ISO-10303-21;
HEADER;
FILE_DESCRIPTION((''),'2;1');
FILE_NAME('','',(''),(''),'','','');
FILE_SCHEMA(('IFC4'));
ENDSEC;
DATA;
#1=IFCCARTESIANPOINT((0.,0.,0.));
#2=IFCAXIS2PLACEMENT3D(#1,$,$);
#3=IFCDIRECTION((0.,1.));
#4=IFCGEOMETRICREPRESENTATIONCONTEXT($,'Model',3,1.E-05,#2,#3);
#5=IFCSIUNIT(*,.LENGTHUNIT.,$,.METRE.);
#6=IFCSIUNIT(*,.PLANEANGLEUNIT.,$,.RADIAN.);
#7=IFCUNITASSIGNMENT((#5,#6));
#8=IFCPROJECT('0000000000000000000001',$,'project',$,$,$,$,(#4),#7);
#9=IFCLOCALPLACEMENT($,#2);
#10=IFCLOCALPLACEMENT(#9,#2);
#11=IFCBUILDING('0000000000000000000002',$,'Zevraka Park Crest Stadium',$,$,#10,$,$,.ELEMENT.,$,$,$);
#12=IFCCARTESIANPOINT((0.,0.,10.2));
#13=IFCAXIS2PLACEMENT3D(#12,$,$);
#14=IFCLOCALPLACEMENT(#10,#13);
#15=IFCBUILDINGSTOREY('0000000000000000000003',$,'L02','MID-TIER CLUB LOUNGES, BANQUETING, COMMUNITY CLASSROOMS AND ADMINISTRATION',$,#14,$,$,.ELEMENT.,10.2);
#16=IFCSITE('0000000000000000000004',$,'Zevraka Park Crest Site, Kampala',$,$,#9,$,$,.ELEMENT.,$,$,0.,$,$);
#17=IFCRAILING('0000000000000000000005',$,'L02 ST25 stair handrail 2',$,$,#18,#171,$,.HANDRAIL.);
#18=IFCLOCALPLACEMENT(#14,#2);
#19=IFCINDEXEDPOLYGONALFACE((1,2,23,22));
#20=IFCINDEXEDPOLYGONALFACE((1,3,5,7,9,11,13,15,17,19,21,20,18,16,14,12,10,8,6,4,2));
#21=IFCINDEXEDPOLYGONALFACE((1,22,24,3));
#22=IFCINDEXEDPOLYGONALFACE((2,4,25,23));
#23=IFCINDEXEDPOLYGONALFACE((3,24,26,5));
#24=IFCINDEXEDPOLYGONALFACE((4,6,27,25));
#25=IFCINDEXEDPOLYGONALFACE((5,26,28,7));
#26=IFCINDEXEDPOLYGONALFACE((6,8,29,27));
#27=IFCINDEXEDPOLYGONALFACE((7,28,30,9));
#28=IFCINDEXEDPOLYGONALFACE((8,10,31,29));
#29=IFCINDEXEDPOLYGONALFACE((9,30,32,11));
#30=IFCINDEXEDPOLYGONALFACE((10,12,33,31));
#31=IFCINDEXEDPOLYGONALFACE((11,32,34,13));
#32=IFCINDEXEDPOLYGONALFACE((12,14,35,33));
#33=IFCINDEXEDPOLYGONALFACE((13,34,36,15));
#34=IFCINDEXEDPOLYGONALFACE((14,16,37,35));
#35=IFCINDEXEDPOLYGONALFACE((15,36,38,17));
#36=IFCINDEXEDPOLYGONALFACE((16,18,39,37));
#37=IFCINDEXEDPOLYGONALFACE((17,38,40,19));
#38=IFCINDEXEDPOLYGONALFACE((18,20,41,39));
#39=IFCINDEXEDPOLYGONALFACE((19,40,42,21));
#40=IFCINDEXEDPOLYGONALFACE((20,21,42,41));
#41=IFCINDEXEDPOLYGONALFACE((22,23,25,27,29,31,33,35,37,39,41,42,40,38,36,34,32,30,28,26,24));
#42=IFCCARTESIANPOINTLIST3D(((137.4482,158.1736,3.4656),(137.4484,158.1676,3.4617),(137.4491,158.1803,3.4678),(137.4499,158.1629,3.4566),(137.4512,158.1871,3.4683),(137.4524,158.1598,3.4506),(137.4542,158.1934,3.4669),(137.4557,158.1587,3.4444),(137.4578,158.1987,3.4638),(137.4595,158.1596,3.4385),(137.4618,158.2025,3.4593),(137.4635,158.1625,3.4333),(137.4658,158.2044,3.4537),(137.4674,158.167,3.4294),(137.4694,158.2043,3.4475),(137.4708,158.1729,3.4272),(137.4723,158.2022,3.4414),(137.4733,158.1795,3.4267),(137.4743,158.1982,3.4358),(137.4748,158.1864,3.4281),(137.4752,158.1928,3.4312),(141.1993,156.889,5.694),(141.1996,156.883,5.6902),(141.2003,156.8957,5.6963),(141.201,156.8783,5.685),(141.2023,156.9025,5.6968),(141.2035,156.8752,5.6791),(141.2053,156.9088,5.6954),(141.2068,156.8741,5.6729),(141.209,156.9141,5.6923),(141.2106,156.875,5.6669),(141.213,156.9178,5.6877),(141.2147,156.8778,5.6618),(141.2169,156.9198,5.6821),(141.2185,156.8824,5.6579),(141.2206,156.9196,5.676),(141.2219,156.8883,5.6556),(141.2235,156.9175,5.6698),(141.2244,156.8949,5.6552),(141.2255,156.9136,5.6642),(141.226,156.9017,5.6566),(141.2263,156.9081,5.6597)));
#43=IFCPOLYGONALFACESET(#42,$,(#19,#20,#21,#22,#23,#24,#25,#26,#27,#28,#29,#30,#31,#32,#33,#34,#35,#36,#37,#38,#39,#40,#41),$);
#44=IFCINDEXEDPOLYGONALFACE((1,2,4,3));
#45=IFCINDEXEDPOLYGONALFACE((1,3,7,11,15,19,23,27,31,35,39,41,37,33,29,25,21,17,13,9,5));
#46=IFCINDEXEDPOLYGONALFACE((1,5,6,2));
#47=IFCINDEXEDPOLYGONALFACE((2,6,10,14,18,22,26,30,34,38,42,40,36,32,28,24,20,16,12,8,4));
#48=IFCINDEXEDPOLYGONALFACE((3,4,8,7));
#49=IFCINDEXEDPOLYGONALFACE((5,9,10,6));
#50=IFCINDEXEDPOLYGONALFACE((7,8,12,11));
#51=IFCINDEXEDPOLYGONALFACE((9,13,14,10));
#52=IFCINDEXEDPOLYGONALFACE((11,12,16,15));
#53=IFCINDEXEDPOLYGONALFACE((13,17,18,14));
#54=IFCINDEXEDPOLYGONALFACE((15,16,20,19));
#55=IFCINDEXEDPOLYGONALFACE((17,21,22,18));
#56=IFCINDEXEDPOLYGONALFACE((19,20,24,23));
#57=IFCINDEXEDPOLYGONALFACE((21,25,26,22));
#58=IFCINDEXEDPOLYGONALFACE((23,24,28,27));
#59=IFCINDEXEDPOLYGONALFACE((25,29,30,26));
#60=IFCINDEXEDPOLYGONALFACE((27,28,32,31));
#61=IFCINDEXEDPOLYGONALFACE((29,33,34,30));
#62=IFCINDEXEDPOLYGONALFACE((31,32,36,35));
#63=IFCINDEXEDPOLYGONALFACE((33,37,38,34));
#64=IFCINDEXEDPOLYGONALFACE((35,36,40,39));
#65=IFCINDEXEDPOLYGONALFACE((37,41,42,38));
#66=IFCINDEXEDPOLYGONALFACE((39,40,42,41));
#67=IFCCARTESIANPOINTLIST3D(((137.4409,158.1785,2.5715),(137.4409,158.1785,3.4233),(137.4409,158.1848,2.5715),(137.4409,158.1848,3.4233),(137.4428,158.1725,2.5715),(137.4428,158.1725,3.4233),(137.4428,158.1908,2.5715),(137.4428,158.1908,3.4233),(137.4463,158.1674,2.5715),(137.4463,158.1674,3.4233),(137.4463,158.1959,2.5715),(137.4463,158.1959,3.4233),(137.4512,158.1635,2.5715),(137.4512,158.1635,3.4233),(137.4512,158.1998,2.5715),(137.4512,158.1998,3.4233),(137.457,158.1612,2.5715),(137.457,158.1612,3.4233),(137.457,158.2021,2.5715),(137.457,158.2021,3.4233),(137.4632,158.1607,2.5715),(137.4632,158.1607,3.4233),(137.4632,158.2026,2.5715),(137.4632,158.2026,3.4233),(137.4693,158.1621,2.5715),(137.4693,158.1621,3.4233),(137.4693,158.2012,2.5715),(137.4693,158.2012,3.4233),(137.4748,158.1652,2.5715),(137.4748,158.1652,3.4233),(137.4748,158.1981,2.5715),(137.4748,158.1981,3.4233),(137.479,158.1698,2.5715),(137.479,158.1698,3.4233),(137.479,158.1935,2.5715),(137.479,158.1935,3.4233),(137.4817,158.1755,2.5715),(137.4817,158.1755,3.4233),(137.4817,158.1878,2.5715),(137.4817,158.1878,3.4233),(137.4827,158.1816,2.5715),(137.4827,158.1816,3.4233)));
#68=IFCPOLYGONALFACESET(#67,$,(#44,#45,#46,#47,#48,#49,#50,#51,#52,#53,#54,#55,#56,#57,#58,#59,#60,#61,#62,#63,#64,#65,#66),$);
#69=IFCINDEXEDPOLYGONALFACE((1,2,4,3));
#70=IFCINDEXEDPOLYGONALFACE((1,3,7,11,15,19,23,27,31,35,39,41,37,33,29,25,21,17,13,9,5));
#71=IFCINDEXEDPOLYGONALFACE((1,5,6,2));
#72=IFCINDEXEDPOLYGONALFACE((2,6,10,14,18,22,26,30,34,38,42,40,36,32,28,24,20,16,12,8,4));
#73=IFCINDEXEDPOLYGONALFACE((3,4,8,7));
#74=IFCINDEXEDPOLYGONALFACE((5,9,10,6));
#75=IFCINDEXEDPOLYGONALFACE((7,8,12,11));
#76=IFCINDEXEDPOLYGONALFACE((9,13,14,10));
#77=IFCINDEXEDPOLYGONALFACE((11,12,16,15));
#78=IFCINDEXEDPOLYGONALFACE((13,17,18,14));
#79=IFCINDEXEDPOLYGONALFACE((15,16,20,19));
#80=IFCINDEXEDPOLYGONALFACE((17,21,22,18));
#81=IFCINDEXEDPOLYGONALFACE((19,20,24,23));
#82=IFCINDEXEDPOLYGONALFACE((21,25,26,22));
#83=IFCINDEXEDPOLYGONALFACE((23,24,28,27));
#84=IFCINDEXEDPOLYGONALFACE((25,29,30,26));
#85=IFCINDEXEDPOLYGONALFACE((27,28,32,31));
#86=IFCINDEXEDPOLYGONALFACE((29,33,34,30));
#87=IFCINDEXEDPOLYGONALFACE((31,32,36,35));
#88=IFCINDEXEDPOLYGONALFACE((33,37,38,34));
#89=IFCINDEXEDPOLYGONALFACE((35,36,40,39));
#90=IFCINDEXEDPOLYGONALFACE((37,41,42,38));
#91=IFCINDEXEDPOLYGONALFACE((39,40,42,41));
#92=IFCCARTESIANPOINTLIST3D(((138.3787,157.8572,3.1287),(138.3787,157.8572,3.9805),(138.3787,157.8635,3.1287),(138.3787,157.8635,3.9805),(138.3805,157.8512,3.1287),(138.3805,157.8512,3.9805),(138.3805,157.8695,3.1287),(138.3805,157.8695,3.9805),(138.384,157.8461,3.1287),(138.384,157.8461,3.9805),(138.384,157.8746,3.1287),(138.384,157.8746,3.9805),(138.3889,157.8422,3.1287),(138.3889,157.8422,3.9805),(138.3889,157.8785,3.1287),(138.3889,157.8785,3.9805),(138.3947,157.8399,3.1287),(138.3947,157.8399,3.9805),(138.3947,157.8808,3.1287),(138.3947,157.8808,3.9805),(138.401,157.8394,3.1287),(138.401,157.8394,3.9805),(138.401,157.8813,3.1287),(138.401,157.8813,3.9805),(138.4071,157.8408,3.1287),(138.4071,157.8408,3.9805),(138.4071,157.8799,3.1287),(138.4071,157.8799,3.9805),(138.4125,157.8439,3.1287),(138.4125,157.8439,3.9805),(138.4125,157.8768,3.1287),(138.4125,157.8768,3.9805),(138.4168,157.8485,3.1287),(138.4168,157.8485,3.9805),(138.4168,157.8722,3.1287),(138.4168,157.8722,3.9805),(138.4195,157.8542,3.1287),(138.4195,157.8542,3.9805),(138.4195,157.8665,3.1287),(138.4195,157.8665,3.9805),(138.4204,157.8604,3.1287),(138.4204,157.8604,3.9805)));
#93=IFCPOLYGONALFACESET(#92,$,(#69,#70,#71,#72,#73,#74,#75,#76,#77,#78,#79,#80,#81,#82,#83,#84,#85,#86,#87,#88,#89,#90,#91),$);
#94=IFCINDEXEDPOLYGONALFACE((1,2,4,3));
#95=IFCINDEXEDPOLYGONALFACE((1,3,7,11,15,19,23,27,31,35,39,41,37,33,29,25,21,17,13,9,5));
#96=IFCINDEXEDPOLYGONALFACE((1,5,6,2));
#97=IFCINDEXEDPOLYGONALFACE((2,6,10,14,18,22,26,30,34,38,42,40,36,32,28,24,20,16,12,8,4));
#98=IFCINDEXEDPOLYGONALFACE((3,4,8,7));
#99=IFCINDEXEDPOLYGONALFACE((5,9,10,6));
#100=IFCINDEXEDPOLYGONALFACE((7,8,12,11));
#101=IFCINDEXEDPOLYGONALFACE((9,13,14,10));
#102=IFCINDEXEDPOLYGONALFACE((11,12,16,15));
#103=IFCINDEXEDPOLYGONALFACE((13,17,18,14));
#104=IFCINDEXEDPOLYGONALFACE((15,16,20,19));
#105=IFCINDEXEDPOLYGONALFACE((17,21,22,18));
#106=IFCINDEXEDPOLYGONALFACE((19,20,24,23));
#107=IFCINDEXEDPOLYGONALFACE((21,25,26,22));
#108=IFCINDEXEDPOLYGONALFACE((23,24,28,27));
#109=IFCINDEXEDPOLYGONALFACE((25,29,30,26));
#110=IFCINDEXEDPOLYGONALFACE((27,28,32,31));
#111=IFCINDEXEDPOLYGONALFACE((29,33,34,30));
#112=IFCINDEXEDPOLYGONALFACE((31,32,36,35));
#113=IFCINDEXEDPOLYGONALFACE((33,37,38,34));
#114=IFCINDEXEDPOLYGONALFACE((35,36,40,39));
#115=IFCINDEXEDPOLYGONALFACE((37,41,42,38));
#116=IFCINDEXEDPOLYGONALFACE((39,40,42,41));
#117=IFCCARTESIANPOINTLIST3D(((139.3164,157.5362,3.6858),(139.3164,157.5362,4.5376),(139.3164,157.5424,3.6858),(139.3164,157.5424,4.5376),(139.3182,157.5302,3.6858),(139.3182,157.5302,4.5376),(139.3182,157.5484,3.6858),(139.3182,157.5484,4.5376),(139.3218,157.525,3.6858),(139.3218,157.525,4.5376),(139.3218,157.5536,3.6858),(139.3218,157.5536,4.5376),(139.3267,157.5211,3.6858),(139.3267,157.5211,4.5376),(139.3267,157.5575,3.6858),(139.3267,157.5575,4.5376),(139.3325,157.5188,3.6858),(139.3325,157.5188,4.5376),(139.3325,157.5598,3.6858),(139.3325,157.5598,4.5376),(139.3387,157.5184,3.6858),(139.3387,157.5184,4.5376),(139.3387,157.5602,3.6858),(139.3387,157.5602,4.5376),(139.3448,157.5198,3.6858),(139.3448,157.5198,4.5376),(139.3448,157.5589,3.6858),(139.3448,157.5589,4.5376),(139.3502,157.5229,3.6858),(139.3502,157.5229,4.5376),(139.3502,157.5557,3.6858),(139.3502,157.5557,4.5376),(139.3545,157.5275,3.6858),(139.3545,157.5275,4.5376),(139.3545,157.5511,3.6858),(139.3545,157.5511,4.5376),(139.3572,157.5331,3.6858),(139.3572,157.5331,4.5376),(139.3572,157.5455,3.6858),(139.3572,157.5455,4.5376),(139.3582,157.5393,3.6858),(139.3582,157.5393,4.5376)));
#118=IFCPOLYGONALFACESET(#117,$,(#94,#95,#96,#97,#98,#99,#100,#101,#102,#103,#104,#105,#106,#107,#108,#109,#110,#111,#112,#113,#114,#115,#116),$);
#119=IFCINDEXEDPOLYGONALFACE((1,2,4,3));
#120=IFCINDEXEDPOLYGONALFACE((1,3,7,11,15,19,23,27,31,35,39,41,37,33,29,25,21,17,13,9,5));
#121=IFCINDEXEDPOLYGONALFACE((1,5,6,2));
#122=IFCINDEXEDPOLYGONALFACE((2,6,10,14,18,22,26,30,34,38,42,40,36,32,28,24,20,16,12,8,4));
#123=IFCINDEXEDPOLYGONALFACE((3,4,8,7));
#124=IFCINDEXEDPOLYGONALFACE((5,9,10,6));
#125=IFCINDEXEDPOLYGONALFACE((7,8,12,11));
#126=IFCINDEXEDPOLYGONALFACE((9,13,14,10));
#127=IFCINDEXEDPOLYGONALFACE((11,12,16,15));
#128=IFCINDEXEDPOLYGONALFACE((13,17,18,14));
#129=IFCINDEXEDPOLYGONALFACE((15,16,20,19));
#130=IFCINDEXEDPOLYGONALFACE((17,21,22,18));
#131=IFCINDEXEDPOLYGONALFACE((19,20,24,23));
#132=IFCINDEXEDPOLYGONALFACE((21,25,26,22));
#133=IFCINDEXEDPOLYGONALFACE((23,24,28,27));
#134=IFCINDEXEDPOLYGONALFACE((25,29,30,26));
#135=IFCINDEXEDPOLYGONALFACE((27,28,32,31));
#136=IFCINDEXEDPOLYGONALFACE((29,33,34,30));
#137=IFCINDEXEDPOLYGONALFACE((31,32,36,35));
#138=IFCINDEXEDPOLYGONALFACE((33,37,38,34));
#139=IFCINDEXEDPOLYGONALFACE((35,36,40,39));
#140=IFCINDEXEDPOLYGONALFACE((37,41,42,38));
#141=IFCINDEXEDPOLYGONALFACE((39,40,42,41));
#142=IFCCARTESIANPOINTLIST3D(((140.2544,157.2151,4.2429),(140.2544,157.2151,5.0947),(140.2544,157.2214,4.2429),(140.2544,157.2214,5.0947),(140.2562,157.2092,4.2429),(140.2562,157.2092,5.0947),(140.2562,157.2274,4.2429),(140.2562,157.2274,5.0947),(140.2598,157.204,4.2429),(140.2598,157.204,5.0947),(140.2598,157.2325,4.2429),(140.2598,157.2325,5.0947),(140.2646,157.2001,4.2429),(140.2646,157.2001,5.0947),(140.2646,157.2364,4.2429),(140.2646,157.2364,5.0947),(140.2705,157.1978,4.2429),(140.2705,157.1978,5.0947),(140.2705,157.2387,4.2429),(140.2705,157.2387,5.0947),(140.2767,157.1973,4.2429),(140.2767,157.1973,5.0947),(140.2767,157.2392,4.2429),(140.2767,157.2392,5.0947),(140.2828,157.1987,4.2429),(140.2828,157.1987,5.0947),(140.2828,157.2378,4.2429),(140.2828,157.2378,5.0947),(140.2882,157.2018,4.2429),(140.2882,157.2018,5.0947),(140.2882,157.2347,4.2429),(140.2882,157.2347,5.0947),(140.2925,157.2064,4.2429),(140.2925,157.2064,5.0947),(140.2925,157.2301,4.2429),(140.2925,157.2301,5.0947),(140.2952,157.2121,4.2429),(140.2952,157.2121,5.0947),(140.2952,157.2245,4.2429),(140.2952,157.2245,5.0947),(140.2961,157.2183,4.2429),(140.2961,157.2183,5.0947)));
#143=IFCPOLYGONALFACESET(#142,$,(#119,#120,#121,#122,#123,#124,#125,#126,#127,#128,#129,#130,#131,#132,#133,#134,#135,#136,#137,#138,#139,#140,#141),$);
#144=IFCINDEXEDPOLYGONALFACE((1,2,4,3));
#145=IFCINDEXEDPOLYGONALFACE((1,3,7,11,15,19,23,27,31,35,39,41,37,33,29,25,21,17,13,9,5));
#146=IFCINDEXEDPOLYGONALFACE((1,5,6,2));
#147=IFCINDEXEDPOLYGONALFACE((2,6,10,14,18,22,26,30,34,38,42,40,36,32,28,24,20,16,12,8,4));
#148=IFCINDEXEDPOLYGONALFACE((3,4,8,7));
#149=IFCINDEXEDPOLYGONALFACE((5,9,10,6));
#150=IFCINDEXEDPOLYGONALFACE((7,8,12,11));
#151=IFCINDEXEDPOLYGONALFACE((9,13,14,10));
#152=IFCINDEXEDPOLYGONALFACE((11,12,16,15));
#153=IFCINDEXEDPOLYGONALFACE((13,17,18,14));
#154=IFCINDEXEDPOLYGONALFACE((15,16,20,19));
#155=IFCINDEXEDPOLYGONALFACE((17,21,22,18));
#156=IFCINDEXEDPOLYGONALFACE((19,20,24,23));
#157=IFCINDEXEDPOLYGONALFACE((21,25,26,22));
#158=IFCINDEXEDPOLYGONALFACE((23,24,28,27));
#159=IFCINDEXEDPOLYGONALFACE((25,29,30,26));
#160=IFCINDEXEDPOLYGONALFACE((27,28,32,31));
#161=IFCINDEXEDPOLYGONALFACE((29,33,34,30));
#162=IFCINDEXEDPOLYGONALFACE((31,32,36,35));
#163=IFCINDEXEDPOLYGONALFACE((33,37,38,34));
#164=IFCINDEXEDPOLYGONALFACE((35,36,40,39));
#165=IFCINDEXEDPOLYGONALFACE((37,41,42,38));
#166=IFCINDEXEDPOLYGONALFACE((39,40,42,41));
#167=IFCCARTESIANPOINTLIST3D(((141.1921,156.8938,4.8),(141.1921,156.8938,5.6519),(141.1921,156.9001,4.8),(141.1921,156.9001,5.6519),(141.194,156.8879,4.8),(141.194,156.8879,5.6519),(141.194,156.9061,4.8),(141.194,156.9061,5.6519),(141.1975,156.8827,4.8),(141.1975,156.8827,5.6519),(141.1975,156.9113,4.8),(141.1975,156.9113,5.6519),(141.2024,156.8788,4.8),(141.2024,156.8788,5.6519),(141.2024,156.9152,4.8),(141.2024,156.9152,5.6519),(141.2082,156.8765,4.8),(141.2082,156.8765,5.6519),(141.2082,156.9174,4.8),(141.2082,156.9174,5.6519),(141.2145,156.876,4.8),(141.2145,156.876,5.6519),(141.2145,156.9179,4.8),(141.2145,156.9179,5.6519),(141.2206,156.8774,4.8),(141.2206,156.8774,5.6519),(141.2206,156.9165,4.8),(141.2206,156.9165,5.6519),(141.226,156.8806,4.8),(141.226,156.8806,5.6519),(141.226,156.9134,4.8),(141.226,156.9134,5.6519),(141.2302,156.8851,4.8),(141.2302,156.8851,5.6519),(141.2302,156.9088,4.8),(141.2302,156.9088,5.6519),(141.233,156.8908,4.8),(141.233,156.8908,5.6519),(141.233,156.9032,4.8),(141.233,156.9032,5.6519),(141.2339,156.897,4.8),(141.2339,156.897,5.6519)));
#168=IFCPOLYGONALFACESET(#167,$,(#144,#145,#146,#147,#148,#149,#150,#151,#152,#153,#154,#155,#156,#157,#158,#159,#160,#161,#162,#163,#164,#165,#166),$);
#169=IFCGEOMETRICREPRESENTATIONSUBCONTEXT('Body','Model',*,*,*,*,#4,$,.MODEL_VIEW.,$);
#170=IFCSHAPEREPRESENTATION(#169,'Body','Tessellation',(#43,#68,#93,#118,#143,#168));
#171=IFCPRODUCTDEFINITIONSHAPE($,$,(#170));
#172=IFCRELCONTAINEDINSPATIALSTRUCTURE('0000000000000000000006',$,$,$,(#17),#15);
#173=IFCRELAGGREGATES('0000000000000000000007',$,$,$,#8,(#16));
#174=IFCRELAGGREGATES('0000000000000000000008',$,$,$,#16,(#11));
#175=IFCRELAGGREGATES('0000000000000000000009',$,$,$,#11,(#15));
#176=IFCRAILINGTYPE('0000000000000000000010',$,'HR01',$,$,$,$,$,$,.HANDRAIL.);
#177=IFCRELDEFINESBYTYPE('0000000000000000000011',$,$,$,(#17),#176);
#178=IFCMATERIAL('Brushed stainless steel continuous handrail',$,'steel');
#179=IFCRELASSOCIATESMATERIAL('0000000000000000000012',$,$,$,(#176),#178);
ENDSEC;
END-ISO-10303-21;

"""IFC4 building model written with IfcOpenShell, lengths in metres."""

from ifc_helpers import new_model, si_unit, direction, frame, origin, origin_2d, place, context, subcontext, project, spatial, circle, extrude, material, type_object, element, save


model = new_model("IFC4")

# Units and contexts
model_context = context("Model", 3, precision=1e-05, world=origin(), true_north=direction((0.0, 1.0)))
body_context = subcontext(model_context, "Body", "Model", "MODEL_VIEW")
ifc_project = project(units=[si_unit("LENGTHUNIT", "METRE"), si_unit("PLANEANGLEUNIT", "RADIAN")], contexts=[model_context])

# Site, building, storey
site_placement = place(None, origin())
site = spatial("IfcSite", under=ifc_project, at=site_placement, Name="Zevraka Park Crest Site, Kampala", CompositionType="ELEMENT", RefElevation=0.0)
building_placement = place(site_placement, origin())
building = spatial("IfcBuilding", under=site, at=building_placement, Name="Zevraka Park Crest Stadium", CompositionType="ELEMENT")
storey_placement = place(building_placement, frame((0.0, 0.0, 10.2)))
storey = spatial("IfcBuildingStorey", under=building, at=storey_placement, Name="L02", Description="MID-TIER CLUB LOUNGES, BANQUETING, COMMUNITY CLASSROOMS AND ADMINISTRATION", CompositionType="ELEMENT", Elevation=10.2)

# Railing
ifc_material_1 = material(Name="Brushed stainless steel continuous handrail", Category="steel")
railing_type_1 = type_object("IfcRailingType", Name="HR01", PredefinedType="HANDRAIL", material=ifc_material_1)
railing_1_placement = place(storey_placement, frame((137.4617, 158.1816, 2.5715)))
element("IfcRailing", 1, at=railing_1_placement, inside=storey, type_object=railing_type_1, Name="L02 ST25 stair handrail 2", PredefinedType="HANDRAIL", context=body_context, shape_type="SweptSolid", body=[
    extrude(circle(Radius=0.0239, at=origin_2d()), frame((0.0, 0.0, 0.876), z_axis=(0.824727, -0.282441, 0.489952), x_axis=(0.323994, 0.946059, 0.0)), (0.0, 0.0, 1.0), 4.5483),
    extrude(circle(Radius=0.021, at=origin_2d()), origin(), (0.0, 0.0, 1.0), 0.8518),
    extrude(circle(Radius=0.021, at=origin_2d()), frame((0.9377, -0.3213, 0.5571)), (0.0, 0.0, 1.0), 0.8518),
    extrude(circle(Radius=0.021, at=origin_2d()), frame((1.8755, -0.6423, 1.1143)), (0.0, 0.0, 1.0), 0.8518),
    extrude(circle(Radius=0.021, at=origin_2d()), frame((2.8135, -0.9634, 1.6714)), (0.0, 0.0, 1.0), 0.8518),
    extrude(circle(Radius=0.021, at=origin_2d()), frame((3.7512, -1.2847, 2.2285)), (0.0, 0.0, 1.0), 0.8518),
])

save(model, "model.ifc")
